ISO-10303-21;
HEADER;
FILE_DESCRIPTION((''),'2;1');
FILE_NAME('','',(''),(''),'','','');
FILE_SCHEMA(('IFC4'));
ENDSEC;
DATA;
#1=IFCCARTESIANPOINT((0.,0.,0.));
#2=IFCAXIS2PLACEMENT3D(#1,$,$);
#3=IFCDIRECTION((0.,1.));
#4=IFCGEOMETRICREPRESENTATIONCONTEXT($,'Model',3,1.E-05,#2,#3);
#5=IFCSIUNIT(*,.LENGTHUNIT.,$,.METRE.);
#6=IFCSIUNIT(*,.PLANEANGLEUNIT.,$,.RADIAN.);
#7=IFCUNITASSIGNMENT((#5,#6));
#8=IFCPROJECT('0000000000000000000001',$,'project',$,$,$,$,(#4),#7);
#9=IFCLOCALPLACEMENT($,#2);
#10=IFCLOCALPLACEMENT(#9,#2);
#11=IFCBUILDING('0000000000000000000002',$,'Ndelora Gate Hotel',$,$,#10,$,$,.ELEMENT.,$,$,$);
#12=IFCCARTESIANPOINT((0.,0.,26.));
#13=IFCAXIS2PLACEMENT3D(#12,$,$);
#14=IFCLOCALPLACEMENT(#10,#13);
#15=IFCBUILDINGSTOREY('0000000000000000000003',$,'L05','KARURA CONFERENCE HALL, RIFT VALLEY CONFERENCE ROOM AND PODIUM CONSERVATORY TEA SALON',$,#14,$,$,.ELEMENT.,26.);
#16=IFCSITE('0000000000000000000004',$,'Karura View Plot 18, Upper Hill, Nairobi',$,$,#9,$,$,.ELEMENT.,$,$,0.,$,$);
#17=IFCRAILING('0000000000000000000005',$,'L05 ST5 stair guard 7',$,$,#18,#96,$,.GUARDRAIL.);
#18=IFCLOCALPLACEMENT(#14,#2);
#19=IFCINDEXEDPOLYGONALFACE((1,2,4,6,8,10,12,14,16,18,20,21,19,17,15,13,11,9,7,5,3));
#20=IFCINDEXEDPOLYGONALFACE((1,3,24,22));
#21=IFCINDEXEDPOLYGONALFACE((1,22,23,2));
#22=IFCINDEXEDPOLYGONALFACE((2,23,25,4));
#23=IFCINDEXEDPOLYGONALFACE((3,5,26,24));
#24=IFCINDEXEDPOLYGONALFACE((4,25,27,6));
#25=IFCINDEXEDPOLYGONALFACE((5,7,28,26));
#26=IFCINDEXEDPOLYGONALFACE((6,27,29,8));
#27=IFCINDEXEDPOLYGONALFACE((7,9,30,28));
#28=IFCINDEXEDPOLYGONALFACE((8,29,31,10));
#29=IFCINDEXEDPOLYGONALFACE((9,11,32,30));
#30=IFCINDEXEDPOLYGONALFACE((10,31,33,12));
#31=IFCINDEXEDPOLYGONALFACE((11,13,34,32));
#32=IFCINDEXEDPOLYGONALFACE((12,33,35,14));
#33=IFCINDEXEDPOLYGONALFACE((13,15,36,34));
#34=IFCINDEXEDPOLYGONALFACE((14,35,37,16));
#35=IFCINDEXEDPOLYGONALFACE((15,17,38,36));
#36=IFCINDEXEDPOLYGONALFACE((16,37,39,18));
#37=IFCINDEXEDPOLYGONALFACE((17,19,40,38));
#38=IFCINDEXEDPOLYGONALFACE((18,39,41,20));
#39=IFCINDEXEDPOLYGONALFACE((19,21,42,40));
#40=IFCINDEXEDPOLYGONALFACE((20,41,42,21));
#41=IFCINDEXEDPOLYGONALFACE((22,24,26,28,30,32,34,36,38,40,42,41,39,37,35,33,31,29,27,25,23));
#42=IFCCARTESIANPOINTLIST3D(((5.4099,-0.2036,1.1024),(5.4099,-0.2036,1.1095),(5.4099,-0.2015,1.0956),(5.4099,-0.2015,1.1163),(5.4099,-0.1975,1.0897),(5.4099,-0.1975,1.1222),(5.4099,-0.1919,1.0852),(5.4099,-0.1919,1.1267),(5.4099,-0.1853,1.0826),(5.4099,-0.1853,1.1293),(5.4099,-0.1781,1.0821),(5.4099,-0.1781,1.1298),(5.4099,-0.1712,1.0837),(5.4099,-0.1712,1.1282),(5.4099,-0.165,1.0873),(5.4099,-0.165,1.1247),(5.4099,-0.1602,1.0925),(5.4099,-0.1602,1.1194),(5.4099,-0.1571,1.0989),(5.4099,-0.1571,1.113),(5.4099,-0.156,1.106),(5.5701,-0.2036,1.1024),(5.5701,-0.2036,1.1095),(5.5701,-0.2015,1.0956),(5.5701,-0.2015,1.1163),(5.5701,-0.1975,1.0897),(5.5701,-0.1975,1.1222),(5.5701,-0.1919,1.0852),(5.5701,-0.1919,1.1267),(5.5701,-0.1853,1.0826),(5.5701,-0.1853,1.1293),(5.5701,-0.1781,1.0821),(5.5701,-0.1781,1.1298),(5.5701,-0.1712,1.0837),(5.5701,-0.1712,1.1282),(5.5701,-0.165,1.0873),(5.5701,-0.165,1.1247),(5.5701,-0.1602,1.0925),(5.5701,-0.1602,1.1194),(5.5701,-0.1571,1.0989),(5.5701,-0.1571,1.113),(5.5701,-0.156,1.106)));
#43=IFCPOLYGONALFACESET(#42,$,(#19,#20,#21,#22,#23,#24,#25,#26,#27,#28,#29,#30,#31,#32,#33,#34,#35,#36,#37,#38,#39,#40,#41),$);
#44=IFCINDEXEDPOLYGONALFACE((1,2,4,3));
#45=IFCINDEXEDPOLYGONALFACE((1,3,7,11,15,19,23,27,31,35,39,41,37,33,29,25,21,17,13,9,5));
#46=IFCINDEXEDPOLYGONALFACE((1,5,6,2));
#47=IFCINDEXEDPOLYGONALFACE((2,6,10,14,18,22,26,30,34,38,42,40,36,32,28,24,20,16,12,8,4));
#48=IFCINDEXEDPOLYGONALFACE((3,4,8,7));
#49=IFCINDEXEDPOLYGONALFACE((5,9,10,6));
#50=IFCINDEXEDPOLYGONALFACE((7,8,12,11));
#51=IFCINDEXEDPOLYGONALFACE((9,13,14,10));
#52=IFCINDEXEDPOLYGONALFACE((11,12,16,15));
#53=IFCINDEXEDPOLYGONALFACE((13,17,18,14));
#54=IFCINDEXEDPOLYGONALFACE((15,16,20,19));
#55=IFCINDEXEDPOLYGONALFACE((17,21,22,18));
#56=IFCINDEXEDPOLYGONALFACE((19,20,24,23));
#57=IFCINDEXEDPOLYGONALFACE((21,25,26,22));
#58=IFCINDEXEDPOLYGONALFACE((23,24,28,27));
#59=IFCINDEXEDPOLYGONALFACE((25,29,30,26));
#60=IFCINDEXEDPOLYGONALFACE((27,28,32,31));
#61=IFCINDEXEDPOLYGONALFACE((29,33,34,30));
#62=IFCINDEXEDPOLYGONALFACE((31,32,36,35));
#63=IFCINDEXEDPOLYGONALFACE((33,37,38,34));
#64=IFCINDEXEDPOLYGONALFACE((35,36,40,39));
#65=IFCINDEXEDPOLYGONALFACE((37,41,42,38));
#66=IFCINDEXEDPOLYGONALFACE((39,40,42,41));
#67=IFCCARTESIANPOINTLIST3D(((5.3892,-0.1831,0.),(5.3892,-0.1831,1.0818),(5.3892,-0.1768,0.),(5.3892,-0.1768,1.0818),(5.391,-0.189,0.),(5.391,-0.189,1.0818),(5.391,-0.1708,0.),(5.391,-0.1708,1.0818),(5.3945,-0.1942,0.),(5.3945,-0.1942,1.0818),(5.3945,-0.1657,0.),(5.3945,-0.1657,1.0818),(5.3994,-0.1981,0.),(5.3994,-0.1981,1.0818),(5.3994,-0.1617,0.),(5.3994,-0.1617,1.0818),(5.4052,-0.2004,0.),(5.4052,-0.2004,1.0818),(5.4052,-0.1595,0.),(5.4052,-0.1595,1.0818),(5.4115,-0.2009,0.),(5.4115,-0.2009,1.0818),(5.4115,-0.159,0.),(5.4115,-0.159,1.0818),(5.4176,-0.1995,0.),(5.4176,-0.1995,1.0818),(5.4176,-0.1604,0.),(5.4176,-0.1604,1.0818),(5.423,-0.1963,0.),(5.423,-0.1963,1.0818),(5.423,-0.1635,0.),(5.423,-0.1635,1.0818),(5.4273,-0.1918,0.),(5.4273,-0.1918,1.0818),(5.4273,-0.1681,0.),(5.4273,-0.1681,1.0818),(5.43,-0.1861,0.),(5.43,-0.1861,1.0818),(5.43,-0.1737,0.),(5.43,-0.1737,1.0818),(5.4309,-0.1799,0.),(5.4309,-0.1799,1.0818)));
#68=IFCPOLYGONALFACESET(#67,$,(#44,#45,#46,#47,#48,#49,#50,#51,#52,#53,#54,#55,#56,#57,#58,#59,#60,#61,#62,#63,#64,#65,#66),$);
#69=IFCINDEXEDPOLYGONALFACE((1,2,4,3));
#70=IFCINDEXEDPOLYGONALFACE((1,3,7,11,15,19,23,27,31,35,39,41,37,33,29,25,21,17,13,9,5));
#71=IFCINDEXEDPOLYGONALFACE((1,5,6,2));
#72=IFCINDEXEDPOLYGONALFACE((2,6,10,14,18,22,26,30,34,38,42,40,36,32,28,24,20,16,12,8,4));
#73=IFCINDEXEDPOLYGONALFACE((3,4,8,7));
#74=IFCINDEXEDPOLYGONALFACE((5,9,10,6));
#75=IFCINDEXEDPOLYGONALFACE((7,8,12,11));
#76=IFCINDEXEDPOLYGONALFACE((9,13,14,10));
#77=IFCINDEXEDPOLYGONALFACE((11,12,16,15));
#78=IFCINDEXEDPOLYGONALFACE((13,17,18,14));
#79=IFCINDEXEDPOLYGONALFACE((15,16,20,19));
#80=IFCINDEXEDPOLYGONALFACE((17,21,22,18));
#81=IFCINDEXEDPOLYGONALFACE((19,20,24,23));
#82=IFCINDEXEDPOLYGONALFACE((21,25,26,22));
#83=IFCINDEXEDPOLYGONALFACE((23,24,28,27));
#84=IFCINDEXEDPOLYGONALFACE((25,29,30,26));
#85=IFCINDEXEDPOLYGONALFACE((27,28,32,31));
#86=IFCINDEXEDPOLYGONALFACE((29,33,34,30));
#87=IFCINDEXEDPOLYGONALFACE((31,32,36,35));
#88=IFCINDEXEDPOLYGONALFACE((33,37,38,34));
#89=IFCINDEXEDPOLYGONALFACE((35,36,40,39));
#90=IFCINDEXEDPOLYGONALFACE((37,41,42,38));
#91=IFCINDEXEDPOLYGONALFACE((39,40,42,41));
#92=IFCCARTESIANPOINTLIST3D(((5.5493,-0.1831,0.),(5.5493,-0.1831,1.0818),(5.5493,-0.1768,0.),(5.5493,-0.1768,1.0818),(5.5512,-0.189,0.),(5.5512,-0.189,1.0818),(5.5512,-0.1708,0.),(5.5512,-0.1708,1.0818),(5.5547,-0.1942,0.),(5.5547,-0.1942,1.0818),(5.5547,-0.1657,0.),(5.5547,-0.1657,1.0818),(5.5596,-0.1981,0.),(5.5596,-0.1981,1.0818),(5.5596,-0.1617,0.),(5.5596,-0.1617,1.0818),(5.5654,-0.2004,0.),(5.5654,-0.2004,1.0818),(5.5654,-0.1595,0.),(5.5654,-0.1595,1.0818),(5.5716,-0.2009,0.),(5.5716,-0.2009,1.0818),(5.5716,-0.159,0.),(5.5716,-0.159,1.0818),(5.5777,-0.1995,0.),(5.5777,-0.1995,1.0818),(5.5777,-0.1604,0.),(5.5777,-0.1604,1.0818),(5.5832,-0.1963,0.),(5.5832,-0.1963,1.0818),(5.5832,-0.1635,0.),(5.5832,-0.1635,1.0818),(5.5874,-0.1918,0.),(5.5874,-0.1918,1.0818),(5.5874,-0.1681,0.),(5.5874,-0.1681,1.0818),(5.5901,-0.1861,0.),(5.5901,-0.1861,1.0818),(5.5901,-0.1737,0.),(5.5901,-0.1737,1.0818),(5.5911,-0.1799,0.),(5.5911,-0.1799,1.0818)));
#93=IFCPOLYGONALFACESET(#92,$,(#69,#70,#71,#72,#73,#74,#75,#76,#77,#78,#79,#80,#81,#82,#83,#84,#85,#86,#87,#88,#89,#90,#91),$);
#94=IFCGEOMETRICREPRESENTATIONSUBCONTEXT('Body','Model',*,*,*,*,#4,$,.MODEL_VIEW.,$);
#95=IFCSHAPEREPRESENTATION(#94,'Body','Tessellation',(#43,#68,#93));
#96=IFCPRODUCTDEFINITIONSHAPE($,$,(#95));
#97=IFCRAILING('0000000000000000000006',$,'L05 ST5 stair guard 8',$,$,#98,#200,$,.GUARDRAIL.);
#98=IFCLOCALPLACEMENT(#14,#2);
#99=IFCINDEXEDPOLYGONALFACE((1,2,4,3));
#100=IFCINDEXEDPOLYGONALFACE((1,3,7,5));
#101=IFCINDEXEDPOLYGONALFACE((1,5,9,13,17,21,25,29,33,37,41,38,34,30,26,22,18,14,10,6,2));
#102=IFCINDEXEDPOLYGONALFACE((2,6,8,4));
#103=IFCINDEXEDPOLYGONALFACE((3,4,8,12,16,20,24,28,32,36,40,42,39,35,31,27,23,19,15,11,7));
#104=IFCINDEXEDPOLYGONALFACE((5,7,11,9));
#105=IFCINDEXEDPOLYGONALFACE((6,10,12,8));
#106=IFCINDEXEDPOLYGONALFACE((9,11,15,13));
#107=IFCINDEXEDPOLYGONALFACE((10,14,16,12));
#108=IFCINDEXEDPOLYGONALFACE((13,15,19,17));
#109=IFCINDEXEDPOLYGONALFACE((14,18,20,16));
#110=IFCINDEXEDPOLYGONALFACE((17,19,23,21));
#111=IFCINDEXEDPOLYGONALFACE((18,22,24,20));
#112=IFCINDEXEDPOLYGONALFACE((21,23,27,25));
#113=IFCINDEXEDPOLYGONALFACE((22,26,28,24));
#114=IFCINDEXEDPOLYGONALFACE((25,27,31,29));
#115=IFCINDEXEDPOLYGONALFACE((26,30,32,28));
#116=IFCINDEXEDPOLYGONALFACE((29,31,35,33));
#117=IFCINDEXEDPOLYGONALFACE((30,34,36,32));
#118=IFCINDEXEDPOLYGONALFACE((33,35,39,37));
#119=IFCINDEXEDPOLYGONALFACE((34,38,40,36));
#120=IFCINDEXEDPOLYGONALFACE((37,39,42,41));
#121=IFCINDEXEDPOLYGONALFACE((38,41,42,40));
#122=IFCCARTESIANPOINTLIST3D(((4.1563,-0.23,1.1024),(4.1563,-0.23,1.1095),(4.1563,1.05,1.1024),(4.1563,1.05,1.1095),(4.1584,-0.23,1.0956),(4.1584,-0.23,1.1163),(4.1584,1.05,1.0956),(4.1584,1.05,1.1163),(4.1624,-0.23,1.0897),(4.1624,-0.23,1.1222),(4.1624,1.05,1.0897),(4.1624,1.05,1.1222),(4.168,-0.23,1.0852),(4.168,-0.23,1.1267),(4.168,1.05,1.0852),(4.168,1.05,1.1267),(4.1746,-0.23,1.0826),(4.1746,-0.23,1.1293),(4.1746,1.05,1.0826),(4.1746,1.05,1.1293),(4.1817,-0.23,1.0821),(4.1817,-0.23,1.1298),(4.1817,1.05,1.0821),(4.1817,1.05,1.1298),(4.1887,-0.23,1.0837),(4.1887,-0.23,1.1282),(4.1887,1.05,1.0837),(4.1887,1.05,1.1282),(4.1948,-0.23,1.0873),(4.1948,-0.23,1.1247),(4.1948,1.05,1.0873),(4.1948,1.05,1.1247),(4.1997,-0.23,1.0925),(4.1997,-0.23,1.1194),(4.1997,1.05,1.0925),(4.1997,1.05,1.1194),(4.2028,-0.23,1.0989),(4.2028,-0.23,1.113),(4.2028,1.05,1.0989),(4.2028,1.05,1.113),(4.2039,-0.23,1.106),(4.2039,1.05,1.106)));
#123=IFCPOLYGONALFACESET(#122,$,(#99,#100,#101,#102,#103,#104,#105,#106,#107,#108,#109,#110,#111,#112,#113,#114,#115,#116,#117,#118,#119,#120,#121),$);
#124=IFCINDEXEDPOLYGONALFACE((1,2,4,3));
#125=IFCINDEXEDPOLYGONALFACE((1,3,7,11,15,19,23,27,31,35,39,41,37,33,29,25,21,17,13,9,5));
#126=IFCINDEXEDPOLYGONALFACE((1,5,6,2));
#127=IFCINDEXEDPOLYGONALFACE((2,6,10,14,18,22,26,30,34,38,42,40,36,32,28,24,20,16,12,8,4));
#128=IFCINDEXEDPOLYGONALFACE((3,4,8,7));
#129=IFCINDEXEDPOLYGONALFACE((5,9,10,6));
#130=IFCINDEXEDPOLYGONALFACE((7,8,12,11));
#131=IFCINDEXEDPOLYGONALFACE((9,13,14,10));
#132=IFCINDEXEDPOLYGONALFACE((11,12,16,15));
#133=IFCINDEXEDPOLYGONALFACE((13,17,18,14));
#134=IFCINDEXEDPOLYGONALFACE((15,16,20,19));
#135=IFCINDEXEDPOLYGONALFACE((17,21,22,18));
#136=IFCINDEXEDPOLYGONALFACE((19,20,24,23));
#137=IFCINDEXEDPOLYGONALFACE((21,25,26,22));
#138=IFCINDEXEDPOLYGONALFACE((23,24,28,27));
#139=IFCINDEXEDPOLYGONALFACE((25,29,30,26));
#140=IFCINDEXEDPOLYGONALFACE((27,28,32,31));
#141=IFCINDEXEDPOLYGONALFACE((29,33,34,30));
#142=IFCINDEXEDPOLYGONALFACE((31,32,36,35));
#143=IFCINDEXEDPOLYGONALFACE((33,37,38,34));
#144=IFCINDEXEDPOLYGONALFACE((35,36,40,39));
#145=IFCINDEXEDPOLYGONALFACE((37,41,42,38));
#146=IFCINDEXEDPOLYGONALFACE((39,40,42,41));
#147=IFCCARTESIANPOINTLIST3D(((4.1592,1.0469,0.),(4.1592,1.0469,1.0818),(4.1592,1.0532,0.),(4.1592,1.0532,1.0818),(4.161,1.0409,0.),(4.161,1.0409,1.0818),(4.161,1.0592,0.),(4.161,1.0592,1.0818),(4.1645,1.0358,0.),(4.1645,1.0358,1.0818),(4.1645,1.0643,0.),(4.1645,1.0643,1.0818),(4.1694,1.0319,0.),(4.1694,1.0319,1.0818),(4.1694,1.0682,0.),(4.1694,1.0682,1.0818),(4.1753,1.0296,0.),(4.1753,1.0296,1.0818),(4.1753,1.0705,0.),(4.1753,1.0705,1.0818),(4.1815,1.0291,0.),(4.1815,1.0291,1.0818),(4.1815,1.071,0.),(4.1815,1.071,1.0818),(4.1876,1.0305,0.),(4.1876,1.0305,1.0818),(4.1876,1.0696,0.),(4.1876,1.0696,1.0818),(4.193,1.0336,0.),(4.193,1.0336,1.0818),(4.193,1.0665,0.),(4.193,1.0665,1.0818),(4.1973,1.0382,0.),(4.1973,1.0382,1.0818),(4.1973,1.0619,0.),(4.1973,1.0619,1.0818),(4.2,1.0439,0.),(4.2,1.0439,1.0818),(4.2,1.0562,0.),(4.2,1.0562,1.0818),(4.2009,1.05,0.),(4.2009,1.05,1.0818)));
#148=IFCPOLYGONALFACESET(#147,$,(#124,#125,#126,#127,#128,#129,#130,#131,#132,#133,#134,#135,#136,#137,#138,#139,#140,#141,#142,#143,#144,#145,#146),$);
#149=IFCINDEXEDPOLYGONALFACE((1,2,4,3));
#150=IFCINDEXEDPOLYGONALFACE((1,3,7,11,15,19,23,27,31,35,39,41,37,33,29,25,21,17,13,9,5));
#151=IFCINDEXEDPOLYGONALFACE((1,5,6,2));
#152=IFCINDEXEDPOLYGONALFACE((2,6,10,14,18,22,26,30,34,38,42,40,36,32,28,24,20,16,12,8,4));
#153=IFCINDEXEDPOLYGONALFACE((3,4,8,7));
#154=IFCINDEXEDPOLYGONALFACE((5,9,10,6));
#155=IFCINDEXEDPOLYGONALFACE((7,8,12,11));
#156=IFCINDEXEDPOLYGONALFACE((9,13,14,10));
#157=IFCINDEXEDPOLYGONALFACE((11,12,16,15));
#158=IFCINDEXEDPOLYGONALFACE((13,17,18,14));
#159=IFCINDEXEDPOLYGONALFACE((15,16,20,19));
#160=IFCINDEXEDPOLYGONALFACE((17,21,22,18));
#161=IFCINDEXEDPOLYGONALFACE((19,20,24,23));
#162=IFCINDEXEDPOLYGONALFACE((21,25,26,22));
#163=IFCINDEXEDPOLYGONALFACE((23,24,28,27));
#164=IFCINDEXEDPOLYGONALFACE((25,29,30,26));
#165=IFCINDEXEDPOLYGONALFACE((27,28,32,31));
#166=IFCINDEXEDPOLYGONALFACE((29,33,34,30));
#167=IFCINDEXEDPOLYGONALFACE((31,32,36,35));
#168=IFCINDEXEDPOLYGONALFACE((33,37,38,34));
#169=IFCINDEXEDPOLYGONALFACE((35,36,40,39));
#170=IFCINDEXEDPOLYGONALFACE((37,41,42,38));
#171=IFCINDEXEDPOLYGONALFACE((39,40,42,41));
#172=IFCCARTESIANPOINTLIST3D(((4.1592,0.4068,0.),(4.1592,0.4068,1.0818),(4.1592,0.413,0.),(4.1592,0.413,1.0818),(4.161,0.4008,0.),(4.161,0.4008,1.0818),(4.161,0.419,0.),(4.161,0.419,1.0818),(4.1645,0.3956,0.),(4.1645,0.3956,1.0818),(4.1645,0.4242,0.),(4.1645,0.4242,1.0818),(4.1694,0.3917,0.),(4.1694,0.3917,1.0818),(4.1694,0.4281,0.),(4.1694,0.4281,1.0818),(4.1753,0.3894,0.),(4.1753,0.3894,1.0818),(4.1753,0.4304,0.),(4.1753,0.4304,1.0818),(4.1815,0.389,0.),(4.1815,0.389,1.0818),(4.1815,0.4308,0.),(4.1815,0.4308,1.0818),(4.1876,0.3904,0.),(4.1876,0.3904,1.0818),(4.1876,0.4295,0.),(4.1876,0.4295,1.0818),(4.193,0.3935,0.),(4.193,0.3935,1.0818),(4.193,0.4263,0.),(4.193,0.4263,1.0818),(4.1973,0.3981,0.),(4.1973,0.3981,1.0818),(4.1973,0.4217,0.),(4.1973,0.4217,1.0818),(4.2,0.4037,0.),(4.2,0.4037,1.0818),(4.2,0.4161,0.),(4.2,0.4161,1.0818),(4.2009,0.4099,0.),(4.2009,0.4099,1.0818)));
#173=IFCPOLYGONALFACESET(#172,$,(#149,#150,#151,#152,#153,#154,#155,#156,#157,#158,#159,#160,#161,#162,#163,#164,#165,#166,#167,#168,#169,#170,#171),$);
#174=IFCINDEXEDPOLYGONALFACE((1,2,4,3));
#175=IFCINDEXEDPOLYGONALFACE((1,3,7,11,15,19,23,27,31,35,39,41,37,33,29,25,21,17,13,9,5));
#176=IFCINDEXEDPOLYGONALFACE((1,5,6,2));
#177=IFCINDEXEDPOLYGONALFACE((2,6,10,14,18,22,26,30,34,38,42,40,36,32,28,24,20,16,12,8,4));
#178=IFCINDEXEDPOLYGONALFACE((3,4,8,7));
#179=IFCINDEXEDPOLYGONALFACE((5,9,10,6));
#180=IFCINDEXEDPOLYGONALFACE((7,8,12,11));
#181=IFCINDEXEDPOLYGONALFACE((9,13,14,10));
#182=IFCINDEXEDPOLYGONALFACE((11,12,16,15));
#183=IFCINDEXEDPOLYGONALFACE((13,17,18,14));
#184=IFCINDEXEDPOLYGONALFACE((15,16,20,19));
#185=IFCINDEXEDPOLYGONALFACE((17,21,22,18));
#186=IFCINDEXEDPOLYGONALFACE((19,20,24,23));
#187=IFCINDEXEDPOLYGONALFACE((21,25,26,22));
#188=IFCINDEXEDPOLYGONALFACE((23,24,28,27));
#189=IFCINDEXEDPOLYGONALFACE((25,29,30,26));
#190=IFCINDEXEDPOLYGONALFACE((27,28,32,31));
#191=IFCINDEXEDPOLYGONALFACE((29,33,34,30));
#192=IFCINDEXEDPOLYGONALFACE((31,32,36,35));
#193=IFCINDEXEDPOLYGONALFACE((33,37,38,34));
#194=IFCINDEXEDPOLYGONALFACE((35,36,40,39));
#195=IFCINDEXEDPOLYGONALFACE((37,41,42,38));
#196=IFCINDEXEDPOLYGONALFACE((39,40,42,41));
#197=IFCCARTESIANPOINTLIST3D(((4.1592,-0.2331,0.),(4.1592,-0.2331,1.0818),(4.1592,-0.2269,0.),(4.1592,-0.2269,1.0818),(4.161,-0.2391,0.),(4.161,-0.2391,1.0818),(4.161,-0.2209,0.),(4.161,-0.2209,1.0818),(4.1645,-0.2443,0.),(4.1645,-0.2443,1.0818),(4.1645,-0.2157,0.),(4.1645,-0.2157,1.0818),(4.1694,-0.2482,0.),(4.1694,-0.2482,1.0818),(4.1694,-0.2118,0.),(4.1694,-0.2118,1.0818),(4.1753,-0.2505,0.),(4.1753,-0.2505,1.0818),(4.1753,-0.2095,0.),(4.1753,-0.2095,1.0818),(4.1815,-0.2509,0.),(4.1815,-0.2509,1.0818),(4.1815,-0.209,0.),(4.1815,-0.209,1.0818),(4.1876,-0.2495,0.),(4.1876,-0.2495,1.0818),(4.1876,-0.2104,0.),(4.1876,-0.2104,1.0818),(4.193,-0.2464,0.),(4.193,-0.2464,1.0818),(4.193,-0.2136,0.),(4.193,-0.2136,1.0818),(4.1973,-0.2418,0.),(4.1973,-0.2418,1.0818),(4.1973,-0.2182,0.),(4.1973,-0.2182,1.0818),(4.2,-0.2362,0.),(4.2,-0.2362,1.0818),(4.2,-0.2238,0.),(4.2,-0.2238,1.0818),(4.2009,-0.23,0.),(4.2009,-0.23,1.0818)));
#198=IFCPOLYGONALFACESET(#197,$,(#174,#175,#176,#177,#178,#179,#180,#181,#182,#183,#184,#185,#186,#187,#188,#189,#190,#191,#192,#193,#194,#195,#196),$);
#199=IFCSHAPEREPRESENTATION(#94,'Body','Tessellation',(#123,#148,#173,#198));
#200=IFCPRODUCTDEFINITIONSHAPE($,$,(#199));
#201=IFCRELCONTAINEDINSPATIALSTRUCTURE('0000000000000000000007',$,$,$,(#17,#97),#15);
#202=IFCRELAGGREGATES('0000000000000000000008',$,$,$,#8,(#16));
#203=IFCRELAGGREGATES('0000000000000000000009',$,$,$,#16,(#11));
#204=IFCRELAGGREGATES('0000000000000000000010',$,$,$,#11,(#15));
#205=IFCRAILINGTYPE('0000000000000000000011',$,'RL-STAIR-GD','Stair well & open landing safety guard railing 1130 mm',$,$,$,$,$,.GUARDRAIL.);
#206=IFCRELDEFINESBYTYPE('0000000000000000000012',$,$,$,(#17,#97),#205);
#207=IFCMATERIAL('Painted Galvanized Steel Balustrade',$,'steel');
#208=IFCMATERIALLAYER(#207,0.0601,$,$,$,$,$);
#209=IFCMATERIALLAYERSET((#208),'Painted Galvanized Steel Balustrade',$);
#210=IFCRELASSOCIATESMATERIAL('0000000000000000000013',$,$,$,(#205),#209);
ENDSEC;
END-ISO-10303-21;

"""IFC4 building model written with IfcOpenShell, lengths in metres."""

from ifc_helpers import new_model, si_unit, direction, frame, origin, origin_2d, place, context, subcontext, project, spatial, circle, extrude, material, layer, layer_set, type_object, element, save


model = new_model("IFC4")

# Units and contexts
model_context = context("Model", 3, precision=1e-05, world=origin(), true_north=direction((0.0, 1.0)))
body_context = subcontext(model_context, "Body", "Model", "MODEL_VIEW")
ifc_project = project(units=[si_unit("LENGTHUNIT", "METRE"), si_unit("PLANEANGLEUNIT", "RADIAN")], contexts=[model_context])

# Site, building, storey
site_placement = place(None, origin())
site = spatial("IfcSite", under=ifc_project, at=site_placement, Name="Karura View Plot 18, Upper Hill, Nairobi", CompositionType="ELEMENT", RefElevation=0.0)
building_placement = place(site_placement, origin())
building = spatial("IfcBuilding", under=site, at=building_placement, Name="Ndelora Gate Hotel", CompositionType="ELEMENT")
storey_placement = place(building_placement, frame((0.0, 0.0, 26.0)))
storey = spatial("IfcBuildingStorey", under=building, at=storey_placement, Name="L05", Description="KARURA CONFERENCE HALL, RIFT VALLEY CONFERENCE ROOM AND PODIUM CONSERVATORY TEA SALON", CompositionType="ELEMENT", Elevation=26.0)

# Railings
ifc_material_1 = material(Name="Painted Galvanized Steel Balustrade", Category="steel")
ifc_layer_1 = layer(ifc_material_1, 0.0601)
ifc_layer_set_1 = layer_set([ifc_layer_1], Name="Painted Galvanized Steel Balustrade")
railing_type_1 = type_object("IfcRailingType", Name="RL-STAIR-GD", Description="Stair well & open landing safety guard railing 1130 mm", PredefinedType="GUARDRAIL", material=ifc_layer_set_1)
railing_1_placement = place(storey_placement, frame((5.4099, -0.1799, 0.0)))
element("IfcRailing", 1, at=railing_1_placement, inside=storey, type_object=railing_type_1, Name="L05 ST5 stair guard 7", PredefinedType="GUARDRAIL", context=body_context, shape_type="SweptSolid", body=[
    extrude(circle(Radius=0.0239, at=origin_2d()), frame((0.0, 0.0, 1.106), z_axis=(1.0, 0.0, 0.0), x_axis=(0.0, 1.0, 0.0)), (0.0, 0.0, 1.0), 0.1602),
    extrude(circle(Radius=0.021, at=origin_2d()), origin(), (0.0, 0.0, 1.0), 1.0818),
    extrude(circle(Radius=0.021, at=origin_2d()), frame((0.1602, 0.0, 0.0)), (0.0, 0.0, 1.0), 1.0818),
])
for number, where, name in (
    (2, (4.1799, 1.05, 0.0), "L05 ST5 stair guard 8"),
):
    element("IfcRailing", number, at=place(storey_placement, frame(where)), inside=storey, type_object=railing_type_1, Name=name, PredefinedType="GUARDRAIL", context=body_context, shape_type="SweptSolid", body=[
        extrude(circle(Radius=0.0239, at=origin_2d()), frame((0.0, 0.0, 1.106), z_axis=(0.0, -1.0, 0.0), x_axis=(1.0, 0.0, 0.0)), (0.0, 0.0, 1.0), 1.28),
        extrude(circle(Radius=0.021, at=origin_2d()), origin(), (0.0, 0.0, 1.0), 1.0818),
        extrude(circle(Radius=0.021, at=origin_2d()), frame((0.0, -0.6401, 0.0)), (0.0, 0.0, 1.0), 1.0818),
        extrude(circle(Radius=0.021, at=origin_2d()), frame((0.0, -1.28, 0.0)), (0.0, 0.0, 1.0), 1.0818),
    ])

save(model, "model.ifc")
